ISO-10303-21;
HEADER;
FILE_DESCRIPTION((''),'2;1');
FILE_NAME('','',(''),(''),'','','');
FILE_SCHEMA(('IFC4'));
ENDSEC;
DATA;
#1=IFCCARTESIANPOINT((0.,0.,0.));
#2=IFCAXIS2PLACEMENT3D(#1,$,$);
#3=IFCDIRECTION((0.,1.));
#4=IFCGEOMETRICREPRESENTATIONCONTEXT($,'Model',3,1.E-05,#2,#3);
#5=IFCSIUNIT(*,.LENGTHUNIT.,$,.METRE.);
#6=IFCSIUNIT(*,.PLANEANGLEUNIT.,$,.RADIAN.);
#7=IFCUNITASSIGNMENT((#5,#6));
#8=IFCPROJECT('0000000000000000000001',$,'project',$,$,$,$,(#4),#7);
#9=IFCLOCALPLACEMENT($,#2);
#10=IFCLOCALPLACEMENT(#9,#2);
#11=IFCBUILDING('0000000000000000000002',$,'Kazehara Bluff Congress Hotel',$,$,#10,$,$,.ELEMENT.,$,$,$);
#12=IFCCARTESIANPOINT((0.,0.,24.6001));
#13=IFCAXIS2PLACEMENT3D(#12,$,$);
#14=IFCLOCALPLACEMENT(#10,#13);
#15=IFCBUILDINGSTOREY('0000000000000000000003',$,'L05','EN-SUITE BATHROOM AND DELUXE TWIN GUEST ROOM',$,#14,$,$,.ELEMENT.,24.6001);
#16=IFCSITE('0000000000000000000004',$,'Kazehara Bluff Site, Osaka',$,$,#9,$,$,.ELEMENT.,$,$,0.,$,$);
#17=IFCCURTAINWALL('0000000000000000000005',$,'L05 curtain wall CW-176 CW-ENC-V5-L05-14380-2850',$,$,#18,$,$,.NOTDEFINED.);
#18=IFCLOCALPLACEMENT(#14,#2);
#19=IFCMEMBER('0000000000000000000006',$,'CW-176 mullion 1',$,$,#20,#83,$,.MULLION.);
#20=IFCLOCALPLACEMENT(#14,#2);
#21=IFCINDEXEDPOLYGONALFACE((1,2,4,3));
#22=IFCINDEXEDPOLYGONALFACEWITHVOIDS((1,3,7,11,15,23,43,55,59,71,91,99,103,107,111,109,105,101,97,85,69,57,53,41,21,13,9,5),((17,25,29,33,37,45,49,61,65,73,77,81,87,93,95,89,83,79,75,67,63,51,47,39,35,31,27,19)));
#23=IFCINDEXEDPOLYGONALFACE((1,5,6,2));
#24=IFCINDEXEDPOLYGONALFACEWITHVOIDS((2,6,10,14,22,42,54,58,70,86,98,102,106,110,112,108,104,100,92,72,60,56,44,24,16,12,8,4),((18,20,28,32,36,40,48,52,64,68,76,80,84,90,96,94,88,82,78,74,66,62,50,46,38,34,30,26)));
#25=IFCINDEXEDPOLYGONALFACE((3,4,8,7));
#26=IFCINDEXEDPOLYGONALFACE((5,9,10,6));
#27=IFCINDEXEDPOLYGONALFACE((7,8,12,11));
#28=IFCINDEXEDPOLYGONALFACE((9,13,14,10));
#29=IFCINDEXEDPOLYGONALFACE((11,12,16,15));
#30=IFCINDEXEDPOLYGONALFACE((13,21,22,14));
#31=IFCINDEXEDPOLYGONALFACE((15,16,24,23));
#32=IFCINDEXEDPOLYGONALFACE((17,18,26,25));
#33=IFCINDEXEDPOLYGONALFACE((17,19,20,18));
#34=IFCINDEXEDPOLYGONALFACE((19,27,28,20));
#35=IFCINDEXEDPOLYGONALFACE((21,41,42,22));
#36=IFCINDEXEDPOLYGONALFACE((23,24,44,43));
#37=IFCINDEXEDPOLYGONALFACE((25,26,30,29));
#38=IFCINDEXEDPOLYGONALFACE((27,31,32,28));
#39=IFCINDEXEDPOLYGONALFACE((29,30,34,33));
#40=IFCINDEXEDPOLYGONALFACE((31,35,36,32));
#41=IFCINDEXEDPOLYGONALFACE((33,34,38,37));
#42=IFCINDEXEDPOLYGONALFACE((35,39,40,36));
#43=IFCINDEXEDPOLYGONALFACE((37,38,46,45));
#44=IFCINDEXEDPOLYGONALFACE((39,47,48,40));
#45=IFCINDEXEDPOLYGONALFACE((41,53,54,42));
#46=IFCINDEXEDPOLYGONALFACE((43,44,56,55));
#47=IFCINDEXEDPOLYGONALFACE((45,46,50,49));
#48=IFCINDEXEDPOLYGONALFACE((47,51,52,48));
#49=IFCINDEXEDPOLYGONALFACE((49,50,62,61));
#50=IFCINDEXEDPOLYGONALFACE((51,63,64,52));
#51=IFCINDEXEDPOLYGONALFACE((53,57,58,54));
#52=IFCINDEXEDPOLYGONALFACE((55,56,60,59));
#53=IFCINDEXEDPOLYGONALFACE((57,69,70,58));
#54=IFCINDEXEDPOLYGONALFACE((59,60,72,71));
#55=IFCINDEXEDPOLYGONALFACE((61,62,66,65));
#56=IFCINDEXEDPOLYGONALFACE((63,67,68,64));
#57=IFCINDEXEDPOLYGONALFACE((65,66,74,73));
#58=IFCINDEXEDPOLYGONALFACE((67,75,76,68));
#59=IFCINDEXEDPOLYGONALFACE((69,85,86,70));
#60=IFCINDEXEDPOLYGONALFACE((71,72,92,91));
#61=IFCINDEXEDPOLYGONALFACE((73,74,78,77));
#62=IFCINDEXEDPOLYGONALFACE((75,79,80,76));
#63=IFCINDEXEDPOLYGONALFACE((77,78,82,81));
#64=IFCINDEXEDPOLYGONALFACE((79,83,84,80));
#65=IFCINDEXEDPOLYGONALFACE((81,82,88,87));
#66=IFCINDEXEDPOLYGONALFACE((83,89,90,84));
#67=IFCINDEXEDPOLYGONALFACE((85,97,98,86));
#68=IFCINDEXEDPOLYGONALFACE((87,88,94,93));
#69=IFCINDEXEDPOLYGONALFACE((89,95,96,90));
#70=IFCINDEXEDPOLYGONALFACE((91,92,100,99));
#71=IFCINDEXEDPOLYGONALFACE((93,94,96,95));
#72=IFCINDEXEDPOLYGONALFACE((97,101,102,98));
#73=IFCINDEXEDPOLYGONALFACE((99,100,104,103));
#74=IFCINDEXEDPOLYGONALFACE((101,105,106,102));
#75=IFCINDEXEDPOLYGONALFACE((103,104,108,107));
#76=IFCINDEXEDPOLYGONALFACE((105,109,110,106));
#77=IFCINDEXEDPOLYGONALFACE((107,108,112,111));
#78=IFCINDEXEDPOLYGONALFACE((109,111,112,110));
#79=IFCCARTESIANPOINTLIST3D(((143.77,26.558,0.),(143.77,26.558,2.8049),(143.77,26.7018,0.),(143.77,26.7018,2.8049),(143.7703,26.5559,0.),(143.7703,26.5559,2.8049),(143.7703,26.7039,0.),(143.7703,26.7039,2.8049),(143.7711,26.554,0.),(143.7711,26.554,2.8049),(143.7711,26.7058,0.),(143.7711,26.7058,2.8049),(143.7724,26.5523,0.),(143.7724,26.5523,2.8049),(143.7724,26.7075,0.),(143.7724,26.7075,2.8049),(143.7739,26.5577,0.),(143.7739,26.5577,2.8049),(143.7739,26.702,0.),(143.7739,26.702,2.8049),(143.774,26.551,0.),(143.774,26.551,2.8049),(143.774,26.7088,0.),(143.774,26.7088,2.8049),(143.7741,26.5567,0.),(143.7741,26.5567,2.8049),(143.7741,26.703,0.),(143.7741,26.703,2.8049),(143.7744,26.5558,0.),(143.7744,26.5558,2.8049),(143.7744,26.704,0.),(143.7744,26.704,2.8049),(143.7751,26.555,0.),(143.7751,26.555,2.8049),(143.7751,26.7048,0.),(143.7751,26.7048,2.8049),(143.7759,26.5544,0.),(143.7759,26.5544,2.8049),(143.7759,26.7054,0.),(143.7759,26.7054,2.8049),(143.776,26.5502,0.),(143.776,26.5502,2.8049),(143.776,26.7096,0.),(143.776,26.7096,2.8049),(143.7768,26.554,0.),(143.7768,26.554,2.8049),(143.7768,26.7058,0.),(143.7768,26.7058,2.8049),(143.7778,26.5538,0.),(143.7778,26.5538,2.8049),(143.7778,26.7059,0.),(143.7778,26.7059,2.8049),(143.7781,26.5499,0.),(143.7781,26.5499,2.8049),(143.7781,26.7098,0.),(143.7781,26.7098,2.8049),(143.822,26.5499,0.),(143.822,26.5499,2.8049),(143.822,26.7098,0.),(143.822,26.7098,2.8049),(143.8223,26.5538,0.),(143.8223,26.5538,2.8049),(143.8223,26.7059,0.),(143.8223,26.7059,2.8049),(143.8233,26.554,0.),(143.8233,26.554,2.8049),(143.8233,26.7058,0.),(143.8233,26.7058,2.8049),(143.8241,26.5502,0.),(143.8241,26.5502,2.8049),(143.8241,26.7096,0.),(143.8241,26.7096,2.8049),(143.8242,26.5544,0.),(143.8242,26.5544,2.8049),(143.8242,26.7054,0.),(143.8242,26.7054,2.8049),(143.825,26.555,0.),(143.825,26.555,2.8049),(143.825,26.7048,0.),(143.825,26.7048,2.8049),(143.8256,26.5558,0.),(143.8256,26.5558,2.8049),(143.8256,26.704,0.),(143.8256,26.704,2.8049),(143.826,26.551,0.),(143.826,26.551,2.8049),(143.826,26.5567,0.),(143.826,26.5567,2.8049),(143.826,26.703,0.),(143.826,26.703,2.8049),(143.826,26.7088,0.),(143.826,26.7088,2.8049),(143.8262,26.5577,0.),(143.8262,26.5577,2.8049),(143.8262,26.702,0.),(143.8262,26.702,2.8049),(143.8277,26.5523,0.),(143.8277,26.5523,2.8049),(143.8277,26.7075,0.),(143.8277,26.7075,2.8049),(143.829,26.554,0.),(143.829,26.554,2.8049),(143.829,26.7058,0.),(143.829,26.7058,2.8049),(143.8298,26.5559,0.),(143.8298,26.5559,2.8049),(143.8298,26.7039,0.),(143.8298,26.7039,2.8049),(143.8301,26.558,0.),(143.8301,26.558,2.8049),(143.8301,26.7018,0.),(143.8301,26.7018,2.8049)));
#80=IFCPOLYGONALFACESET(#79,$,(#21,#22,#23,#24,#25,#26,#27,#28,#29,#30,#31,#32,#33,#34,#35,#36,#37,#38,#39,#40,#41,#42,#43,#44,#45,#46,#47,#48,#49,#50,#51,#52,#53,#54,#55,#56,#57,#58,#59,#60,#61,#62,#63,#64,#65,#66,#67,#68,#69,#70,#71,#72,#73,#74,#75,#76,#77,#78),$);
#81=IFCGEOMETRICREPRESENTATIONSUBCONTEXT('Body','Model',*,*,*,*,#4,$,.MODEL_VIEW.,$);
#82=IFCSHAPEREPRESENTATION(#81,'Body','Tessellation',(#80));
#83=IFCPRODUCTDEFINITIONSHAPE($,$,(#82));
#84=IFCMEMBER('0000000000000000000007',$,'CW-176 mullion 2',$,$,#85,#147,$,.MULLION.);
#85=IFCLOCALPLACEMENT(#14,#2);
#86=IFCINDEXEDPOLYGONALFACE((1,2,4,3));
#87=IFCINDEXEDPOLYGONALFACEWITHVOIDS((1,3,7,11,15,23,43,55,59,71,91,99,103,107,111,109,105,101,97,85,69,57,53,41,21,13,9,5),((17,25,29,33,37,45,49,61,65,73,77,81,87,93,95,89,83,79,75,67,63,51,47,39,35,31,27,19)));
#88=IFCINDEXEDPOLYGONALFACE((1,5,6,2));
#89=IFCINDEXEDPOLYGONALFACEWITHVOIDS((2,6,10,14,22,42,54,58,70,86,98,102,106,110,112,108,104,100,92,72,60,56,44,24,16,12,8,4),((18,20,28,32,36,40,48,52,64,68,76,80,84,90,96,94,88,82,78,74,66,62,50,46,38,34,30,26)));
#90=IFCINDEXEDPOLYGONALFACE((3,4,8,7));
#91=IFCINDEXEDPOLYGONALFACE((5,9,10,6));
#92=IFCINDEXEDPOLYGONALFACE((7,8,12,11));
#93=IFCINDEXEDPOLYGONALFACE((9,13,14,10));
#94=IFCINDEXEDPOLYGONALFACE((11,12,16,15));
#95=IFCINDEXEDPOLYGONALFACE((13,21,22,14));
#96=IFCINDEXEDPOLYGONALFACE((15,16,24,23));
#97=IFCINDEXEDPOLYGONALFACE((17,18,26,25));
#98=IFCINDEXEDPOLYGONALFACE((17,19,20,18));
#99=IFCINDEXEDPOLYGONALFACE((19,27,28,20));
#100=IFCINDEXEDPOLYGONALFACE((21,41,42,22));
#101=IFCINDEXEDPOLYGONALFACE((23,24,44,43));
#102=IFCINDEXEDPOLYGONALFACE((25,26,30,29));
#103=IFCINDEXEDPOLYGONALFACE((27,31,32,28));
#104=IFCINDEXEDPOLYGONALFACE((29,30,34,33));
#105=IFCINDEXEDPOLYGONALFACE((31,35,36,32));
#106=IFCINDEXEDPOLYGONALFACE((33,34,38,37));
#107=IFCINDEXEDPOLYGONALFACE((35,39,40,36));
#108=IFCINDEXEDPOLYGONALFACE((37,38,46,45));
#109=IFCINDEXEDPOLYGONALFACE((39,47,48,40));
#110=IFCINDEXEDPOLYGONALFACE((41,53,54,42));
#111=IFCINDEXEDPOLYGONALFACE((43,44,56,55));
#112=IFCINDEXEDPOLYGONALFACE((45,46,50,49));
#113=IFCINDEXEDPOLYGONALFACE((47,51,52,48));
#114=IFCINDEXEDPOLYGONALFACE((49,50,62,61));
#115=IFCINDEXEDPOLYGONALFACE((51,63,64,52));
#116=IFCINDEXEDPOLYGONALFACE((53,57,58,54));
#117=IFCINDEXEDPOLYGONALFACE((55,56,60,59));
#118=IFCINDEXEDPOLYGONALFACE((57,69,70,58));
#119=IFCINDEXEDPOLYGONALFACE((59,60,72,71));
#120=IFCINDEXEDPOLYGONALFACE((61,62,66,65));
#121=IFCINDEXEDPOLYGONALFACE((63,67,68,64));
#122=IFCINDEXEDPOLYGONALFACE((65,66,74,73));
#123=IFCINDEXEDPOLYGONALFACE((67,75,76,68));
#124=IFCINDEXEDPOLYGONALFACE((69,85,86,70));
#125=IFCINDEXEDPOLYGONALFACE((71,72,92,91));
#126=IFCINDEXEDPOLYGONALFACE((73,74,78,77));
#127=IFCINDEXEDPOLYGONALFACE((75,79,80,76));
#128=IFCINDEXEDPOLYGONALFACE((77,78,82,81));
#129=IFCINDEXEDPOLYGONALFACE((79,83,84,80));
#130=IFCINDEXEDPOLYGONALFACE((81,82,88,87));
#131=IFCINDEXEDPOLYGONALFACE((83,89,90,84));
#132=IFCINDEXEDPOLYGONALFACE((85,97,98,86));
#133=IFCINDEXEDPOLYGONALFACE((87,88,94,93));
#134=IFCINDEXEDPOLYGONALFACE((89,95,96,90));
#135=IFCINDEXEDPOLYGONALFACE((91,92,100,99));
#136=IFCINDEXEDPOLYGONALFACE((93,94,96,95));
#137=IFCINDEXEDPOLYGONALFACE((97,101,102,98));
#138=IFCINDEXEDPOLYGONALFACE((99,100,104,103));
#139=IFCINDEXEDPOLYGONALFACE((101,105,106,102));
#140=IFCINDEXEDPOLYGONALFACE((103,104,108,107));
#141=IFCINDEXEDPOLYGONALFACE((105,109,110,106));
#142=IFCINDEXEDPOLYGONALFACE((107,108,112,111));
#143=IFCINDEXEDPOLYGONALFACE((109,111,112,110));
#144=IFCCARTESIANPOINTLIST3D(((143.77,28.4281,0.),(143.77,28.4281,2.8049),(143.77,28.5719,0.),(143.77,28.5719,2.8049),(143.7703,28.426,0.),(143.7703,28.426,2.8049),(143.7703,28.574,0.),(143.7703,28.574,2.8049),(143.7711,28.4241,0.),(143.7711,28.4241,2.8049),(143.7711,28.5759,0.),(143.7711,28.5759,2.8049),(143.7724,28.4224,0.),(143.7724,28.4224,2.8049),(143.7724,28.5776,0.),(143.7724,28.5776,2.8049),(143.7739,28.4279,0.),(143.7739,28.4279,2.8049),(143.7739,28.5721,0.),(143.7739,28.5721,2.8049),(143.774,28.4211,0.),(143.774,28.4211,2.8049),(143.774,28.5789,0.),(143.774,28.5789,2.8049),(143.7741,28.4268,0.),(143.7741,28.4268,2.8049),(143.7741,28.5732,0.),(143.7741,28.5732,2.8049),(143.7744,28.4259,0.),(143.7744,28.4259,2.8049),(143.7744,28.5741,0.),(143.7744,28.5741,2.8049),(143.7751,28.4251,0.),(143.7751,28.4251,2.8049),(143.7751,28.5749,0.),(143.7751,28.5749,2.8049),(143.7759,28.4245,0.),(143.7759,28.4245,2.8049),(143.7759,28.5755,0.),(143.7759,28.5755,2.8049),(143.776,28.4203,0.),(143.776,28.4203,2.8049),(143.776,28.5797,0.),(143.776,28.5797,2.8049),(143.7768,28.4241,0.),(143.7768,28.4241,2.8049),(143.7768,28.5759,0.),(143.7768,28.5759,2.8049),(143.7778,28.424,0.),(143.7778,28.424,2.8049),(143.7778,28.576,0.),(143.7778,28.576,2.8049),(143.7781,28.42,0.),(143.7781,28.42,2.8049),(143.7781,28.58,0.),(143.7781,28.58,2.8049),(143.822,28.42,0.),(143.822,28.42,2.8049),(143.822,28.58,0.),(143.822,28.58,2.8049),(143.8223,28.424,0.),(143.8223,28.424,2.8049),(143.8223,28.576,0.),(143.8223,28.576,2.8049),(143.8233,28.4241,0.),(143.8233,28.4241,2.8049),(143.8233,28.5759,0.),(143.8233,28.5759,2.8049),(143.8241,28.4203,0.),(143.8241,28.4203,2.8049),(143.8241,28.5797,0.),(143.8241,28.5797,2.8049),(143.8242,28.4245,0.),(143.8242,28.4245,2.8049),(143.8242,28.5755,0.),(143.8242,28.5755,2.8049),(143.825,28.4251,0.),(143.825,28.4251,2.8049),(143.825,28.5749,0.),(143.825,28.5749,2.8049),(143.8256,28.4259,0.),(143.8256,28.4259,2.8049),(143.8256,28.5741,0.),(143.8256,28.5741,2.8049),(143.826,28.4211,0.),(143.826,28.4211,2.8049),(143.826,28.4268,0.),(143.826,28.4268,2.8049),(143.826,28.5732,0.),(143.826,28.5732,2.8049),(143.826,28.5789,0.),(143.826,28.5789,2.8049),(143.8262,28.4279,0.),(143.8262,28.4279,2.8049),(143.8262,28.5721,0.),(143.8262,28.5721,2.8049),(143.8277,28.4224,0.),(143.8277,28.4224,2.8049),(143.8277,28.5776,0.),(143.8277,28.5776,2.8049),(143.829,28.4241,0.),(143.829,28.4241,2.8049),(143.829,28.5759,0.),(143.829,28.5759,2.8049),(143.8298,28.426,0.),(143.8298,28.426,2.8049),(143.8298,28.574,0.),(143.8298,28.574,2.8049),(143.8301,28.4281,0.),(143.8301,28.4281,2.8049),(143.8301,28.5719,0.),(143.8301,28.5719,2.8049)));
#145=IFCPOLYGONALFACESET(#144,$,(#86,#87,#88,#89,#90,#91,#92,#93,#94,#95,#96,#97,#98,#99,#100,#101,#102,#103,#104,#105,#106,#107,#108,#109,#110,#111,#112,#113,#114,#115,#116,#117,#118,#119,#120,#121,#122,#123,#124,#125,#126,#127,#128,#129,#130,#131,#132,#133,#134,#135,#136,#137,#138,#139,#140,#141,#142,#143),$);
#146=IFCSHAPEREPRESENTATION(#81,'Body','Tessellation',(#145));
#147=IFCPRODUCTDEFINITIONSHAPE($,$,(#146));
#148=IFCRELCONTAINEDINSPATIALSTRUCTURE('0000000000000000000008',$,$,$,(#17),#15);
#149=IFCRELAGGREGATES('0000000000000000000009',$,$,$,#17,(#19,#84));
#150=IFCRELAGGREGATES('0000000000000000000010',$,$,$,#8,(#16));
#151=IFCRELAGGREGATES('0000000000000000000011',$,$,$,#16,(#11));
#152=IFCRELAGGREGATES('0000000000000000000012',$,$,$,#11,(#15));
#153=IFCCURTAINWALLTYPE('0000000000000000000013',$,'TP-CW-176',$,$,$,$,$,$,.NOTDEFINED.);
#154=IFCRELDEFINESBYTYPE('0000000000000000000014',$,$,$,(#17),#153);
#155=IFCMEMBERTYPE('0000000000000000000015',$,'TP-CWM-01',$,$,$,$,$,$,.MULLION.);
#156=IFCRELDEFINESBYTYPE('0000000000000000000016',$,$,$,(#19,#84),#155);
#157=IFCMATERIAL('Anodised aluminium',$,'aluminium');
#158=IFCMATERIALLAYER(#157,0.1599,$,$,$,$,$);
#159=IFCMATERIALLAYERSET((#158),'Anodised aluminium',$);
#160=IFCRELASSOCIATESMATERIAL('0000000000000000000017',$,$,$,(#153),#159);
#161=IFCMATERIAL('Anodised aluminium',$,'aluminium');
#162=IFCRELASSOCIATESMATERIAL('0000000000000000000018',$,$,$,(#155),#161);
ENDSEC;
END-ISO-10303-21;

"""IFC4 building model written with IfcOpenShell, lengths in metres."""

from ifc_helpers import new_model, si_unit, direction, frame, origin, origin_2d, place, context, subcontext, project, spatial, hollow_rectangle, extrude, material, layer, layer_set, material_profile, profile_set, type_object, element, aggregate, save


model = new_model("IFC4")

# Units and contexts
model_context = context("Model", 3, precision=1e-05, world=origin(), true_north=direction((0.0, 1.0)))
body_context = subcontext(model_context, "Body", "Model", "MODEL_VIEW")
ifc_project = project(units=[si_unit("LENGTHUNIT", "METRE"), si_unit("PLANEANGLEUNIT", "RADIAN")], contexts=[model_context])

# Site, building, storey
site_placement = place(None, origin())
site = spatial("IfcSite", under=ifc_project, at=site_placement, Name="Kazehara Bluff Site, Osaka", CompositionType="ELEMENT", RefElevation=0.0)
building_placement = place(site_placement, origin())
building = spatial("IfcBuilding", under=site, at=building_placement, Name="Kazehara Bluff Congress Hotel", CompositionType="ELEMENT")
storey_placement = place(building_placement, frame((0.0, 0.0, 24.6001)))
storey = spatial("IfcBuildingStorey", under=building, at=storey_placement, Name="L05", Description="EN-SUITE BATHROOM AND DELUXE TWIN GUEST ROOM", CompositionType="ELEMENT", Elevation=24.6001)

# Curtain wall, members
ifc_material_1 = material(Name="Anodised aluminium", Category="aluminium")
ifc_layer_1 = layer(ifc_material_1, 0.1599)
ifc_layer_set_1 = layer_set([ifc_layer_1], Name="Anodised aluminium")
curtain_wall_type = type_object("IfcCurtainWallType", Name="TP-CW-176", PredefinedType="NOTDEFINED", material=ifc_layer_set_1)
curtain_wall_placement = place(storey_placement, origin())
curtain_wall = element("IfcCurtainWall", 1, at=curtain_wall_placement, inside=storey, type_object=curtain_wall_type, Name="L05 curtain wall CW-176 CW-ENC-V5-L05-14380-2850", PredefinedType="NOTDEFINED")
ifc_material_2 = material(Name="Anodised aluminium", Category="aluminium")
ifc_material_profile_1 = material_profile(ifc_material_2, hollow_rectangle(XDim=0.0601, YDim=0.1599, WallThickness=0.0039, InnerFilletRadius=0.0039, OuterFilletRadius=0.0081, at=origin_2d()))
ifc_profile_set_1 = profile_set([ifc_material_profile_1], Name="Anodised aluminium")
member_type_1 = type_object("IfcMemberType", Name="TP-CWM-01", PredefinedType="MULLION", material=ifc_profile_set_1)
member_1_placement = place(storey_placement, frame((143.8, 26.6299, 0.0), z_axis=(0.0, 0.0, 1.0), x_axis=(-1.0, 0.0, 0.0)))
member_1 = element("IfcMember", 2, at=member_1_placement, type_object=member_type_1, Name="CW-176 mullion 1", PredefinedType="MULLION", context=body_context, shape_type="SweptSolid", body=[
    extrude(hollow_rectangle(XDim=0.0601, YDim=0.1599, WallThickness=0.0039, InnerFilletRadius=0.0039, OuterFilletRadius=0.0081, at=origin_2d()), origin(), (0.0, 0.0, 1.0), 2.8049),
])
member_2_placement = place(storey_placement, frame((143.8, 28.5, 0.0), z_axis=(0.0, 0.0, 1.0), x_axis=(-1.0, 0.0, 0.0)))
member_2 = element("IfcMember", 3, at=member_2_placement, type_object=member_type_1, Name="CW-176 mullion 2", PredefinedType="MULLION", context=body_context, shape_type="SweptSolid", body=[
    extrude(hollow_rectangle(XDim=0.0601, YDim=0.1599, WallThickness=0.0039, InnerFilletRadius=0.0039, OuterFilletRadius=0.0081, at=origin_2d()), origin(), (0.0, 0.0, 1.0), 2.8049),
])
aggregate(curtain_wall, [member_1, member_2])

save(model, "model.ifc")
